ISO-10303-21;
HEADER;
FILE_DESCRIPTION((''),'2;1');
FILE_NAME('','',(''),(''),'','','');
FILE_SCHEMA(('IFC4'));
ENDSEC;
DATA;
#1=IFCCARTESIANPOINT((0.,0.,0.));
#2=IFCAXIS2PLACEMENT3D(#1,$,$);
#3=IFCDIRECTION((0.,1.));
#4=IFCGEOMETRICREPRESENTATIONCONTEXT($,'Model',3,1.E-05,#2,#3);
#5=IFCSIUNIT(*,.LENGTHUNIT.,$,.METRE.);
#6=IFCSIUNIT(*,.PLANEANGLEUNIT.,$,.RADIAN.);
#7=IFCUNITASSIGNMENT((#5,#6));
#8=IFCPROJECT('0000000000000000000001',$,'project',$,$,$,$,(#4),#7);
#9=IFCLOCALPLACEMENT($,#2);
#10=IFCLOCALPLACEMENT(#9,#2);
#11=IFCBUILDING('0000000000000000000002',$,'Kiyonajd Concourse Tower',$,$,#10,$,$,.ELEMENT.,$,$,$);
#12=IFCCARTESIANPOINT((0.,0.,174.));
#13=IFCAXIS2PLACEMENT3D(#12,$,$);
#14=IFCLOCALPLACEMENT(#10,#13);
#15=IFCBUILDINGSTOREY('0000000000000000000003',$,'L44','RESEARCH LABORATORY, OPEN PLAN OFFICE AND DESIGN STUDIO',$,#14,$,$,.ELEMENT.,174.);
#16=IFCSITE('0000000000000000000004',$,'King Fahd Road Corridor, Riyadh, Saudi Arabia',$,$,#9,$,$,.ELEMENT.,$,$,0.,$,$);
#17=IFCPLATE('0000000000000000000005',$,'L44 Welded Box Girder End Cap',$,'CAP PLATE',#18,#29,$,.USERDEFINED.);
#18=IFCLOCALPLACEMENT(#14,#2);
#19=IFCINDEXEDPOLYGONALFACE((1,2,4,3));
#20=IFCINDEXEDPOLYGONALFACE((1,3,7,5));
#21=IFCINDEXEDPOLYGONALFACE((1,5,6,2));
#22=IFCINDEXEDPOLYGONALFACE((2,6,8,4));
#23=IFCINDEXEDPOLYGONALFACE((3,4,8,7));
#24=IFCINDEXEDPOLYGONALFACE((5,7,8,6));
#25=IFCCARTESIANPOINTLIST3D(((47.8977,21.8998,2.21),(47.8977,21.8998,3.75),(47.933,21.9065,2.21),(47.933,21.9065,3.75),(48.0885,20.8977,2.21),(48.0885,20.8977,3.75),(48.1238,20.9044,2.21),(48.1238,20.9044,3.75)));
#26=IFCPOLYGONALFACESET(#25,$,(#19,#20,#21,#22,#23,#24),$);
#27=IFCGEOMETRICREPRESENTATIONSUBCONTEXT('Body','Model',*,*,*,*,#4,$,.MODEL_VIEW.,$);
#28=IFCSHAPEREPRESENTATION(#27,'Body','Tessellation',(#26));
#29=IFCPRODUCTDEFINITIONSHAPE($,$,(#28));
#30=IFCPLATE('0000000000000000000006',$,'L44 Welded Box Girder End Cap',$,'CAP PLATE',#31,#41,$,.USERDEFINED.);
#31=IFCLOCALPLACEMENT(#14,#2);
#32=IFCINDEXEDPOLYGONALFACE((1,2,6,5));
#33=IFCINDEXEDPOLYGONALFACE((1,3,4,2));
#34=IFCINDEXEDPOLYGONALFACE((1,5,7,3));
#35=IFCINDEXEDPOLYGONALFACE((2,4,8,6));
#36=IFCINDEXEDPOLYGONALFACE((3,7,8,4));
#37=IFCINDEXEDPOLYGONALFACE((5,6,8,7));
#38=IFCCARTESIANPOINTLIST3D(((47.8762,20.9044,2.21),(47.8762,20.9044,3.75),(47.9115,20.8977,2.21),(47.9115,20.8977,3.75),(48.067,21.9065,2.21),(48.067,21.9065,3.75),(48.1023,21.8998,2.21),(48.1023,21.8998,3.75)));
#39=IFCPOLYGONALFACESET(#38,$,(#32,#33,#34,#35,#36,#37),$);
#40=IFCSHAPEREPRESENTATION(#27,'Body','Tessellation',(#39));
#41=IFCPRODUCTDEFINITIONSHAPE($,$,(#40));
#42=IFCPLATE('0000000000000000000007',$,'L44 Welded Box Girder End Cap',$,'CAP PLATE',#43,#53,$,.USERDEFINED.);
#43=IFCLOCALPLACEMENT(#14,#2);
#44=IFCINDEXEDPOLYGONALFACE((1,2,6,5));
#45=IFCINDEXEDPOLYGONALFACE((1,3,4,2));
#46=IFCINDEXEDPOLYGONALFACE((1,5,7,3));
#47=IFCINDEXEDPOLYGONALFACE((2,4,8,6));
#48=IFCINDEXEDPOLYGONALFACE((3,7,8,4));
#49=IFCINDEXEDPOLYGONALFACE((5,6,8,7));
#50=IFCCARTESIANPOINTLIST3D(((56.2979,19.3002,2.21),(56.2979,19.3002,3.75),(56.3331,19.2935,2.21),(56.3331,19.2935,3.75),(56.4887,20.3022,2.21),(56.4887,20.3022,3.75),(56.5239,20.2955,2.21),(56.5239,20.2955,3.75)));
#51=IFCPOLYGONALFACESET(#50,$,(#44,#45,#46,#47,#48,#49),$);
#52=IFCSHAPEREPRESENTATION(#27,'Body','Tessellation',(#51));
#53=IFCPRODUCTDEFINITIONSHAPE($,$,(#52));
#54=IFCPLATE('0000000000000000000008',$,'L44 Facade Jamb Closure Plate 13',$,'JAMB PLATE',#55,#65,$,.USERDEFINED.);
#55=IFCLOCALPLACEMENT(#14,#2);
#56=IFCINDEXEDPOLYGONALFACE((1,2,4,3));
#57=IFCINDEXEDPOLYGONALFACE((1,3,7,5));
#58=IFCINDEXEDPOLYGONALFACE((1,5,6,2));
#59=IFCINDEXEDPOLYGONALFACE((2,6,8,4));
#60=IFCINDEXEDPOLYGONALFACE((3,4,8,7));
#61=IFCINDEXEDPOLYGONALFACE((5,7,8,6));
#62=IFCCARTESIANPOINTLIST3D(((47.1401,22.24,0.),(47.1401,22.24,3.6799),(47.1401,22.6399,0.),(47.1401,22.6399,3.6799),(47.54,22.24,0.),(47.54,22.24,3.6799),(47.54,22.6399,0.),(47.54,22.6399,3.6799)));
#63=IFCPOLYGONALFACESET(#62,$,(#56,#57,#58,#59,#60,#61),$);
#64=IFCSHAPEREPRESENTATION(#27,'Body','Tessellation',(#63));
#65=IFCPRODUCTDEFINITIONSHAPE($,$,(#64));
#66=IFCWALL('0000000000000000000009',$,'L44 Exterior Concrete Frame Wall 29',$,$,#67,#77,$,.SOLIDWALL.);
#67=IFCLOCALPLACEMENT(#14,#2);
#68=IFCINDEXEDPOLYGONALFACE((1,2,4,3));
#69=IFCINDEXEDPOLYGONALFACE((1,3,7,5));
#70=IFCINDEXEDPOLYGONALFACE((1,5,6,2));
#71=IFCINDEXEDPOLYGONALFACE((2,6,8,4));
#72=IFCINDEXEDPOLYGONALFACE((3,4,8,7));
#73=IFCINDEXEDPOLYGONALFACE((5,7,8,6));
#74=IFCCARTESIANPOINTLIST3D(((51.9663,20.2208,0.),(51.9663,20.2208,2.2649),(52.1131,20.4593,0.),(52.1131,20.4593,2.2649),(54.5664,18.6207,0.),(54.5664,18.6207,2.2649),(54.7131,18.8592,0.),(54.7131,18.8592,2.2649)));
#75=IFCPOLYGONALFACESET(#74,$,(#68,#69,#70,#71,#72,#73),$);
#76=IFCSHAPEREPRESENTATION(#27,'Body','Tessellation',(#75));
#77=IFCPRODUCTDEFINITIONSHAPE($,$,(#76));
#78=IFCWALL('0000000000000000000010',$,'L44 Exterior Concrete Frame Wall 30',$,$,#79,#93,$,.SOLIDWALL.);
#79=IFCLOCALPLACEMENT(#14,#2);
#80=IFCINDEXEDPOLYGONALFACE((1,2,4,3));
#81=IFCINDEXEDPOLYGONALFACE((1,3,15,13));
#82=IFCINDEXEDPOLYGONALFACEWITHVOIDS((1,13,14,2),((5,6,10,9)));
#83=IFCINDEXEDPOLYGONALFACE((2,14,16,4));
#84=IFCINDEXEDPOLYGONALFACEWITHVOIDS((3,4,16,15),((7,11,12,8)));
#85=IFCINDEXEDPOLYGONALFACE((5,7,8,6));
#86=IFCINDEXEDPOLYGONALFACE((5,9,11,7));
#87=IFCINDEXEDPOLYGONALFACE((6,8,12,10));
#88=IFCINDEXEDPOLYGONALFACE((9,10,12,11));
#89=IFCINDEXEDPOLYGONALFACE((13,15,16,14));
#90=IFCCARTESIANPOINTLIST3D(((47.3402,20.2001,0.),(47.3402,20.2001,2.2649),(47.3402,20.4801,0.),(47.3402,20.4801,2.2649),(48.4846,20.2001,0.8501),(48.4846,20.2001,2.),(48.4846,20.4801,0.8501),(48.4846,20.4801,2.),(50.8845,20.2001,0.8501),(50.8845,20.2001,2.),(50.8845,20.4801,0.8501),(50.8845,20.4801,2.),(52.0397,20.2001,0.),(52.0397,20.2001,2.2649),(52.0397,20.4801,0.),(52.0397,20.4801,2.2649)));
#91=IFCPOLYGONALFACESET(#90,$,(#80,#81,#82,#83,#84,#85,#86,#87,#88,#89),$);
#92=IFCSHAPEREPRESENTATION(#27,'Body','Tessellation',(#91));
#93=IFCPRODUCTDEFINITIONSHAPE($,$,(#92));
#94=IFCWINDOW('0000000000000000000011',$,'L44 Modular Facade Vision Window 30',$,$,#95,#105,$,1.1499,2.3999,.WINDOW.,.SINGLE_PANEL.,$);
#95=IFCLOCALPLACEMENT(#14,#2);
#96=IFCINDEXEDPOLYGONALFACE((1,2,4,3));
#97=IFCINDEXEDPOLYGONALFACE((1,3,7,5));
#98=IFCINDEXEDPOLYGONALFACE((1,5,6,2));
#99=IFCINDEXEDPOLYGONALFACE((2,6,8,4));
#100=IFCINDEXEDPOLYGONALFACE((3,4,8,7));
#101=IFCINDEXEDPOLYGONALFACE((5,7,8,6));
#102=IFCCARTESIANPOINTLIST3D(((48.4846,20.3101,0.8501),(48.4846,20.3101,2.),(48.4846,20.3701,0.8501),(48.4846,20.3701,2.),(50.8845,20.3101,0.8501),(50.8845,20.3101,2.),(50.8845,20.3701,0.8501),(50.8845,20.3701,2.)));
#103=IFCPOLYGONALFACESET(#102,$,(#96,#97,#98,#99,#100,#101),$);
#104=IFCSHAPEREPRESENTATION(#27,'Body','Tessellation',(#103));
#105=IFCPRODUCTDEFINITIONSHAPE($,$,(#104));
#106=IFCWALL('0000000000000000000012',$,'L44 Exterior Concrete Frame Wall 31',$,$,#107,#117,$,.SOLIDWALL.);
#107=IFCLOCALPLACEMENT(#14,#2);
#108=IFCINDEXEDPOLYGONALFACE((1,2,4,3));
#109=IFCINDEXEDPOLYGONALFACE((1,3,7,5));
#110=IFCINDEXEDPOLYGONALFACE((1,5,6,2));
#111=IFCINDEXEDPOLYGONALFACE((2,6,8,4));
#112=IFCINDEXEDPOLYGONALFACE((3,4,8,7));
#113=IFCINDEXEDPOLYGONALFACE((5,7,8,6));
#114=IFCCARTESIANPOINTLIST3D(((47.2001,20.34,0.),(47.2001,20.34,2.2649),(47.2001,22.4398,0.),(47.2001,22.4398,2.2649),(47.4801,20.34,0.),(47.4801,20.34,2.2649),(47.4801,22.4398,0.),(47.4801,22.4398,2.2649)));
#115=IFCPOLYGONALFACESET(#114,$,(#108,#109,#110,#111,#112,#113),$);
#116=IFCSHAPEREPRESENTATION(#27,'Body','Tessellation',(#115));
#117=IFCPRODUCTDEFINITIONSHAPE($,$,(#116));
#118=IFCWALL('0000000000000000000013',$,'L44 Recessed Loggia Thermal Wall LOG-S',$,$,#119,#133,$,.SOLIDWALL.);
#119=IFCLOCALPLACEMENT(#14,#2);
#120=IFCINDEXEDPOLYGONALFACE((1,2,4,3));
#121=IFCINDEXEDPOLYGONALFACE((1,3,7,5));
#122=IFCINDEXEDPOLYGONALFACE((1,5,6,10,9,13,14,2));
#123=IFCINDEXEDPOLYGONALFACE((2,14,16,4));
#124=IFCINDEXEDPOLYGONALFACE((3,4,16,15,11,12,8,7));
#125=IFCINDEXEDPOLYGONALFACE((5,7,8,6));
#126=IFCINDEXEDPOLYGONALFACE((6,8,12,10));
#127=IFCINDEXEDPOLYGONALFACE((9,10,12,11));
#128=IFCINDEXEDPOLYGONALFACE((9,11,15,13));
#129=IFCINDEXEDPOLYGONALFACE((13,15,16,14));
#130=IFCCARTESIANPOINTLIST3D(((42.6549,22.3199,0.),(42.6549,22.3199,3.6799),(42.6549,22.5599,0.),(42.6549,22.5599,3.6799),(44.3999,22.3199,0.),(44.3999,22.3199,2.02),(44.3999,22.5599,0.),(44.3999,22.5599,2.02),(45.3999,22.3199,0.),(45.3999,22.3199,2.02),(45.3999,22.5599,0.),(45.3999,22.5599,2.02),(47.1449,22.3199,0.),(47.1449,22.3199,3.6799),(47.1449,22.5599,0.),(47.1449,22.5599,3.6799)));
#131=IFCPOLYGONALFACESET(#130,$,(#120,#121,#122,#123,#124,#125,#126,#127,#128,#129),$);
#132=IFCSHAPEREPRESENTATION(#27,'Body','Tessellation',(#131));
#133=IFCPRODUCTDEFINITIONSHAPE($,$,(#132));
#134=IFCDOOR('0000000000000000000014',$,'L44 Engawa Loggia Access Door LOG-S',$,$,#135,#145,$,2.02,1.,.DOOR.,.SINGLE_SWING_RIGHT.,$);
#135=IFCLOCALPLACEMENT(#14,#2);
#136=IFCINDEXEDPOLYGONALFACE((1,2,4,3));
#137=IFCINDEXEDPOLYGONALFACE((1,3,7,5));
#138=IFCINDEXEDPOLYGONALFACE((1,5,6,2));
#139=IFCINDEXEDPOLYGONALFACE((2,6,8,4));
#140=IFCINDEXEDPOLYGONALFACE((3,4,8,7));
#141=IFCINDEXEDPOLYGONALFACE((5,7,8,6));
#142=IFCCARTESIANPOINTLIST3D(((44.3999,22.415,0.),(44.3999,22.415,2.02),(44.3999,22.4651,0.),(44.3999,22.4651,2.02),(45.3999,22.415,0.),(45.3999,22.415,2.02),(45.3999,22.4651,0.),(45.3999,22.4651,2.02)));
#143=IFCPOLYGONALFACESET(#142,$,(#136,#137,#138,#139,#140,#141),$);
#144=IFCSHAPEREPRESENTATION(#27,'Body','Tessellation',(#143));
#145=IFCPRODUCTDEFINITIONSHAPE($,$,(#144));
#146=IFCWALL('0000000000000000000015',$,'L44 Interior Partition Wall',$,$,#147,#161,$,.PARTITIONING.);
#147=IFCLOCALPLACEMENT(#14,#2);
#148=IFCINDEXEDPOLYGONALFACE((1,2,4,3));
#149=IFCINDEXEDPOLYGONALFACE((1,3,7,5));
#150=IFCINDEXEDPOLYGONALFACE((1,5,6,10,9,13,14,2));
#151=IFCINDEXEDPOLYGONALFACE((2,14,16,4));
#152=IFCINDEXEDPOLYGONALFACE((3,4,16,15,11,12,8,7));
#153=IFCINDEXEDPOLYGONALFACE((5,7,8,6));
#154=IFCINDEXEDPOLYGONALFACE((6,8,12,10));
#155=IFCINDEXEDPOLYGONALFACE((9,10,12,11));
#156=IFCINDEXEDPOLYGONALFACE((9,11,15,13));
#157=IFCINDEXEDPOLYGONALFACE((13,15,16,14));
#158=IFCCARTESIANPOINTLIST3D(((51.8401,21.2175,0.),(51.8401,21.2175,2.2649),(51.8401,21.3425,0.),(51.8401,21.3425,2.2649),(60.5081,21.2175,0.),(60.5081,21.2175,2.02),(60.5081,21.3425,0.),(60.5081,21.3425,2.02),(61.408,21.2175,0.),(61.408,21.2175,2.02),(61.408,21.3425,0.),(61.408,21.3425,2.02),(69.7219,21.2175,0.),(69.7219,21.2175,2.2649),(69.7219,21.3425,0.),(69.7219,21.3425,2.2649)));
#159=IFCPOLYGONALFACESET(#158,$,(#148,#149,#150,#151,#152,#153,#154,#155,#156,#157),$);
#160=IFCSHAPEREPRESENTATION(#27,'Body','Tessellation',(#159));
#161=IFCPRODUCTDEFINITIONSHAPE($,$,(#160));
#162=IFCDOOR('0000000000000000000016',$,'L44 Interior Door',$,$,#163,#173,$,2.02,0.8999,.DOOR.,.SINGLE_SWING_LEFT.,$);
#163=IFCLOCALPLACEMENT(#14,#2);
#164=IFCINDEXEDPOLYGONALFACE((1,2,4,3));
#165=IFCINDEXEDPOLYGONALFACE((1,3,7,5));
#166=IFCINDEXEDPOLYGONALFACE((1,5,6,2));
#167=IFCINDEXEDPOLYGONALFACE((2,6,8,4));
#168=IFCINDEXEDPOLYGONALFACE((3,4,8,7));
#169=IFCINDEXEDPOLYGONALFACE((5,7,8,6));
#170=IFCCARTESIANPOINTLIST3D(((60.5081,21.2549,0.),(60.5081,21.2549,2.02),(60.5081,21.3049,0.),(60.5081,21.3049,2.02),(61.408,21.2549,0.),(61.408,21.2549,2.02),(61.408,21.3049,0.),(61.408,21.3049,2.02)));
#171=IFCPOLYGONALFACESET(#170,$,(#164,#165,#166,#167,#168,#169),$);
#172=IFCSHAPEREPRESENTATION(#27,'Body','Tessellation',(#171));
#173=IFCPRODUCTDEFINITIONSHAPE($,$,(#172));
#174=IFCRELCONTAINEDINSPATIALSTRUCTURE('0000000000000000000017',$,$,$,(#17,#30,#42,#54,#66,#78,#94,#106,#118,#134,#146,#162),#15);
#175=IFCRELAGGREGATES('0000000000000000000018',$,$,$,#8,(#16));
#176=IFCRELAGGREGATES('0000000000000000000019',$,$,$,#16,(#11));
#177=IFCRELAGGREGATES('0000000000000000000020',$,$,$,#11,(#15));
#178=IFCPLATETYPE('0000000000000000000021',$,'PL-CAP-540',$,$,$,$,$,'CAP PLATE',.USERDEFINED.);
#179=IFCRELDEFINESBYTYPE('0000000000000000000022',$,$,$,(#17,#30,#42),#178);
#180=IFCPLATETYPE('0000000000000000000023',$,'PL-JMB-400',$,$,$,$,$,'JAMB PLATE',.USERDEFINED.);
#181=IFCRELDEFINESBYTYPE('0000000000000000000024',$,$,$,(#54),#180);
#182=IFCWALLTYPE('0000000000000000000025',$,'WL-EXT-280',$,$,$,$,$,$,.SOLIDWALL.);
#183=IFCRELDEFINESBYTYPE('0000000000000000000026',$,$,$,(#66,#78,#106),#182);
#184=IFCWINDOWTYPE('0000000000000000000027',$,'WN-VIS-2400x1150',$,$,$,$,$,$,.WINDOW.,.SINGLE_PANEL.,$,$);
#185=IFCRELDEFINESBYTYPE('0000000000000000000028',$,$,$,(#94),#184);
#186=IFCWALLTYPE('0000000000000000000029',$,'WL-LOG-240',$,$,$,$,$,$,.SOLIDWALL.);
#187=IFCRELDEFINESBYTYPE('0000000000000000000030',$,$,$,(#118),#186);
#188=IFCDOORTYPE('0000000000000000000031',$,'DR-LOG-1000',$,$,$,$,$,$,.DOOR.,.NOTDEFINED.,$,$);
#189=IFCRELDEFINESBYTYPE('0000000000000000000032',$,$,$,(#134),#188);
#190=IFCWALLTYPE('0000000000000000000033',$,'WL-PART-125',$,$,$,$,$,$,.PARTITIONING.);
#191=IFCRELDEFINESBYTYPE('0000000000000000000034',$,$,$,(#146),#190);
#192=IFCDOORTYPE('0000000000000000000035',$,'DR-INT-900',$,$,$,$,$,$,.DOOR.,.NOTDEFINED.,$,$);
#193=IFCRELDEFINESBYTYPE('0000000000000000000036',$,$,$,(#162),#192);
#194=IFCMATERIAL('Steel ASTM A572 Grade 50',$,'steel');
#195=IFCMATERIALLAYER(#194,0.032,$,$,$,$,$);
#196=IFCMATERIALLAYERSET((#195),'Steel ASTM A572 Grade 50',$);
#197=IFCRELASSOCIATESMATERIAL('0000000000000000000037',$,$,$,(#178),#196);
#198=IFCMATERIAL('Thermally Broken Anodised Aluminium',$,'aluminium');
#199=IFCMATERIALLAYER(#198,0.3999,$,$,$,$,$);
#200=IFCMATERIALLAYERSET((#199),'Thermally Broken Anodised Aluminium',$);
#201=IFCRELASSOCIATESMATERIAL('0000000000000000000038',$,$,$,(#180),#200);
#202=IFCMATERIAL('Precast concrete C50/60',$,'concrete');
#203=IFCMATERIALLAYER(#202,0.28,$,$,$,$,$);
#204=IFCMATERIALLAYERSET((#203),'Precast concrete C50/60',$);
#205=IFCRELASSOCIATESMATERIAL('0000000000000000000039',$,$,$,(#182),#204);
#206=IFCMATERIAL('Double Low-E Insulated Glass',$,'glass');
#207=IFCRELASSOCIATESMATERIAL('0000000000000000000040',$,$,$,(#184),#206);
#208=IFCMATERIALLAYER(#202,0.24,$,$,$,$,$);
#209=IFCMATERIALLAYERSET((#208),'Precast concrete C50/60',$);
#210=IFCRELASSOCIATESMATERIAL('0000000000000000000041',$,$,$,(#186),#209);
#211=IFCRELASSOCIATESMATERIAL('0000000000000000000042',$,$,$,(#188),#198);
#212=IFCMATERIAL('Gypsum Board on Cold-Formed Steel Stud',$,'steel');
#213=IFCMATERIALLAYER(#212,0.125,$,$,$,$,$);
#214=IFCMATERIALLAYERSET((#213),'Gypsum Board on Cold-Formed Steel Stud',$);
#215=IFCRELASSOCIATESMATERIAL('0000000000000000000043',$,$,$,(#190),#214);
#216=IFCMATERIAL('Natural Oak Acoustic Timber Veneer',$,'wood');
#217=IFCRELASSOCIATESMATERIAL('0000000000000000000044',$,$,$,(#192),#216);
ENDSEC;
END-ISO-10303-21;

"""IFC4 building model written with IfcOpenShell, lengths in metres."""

from ifc_helpers import new_model, si_unit, direction, frame, frame_2d, origin, origin_2d, place, context, subcontext, project, spatial, rectangle, extrude, material, layer, layer_set, type_object, element, fill, save


model = new_model("IFC4")

# Units and contexts
model_context = context("Model", 3, precision=1e-05, world=origin(), true_north=direction((0.0, 1.0)))
body_context = subcontext(model_context, "Body", "Model", "MODEL_VIEW")
ifc_project = project(units=[si_unit("LENGTHUNIT", "METRE"), si_unit("PLANEANGLEUNIT", "RADIAN")], contexts=[model_context])

# Site, building, storey
site_placement = place(None, origin())
site = spatial("IfcSite", under=ifc_project, at=site_placement, Name="King Fahd Road Corridor, Riyadh, Saudi Arabia", CompositionType="ELEMENT", RefElevation=0.0)
building_placement = place(site_placement, origin())
building = spatial("IfcBuilding", under=site, at=building_placement, Name="Kiyonajd Concourse Tower", CompositionType="ELEMENT")
storey_placement = place(building_placement, frame((0.0, 0.0, 174.0)))
storey = spatial("IfcBuildingStorey", under=building, at=storey_placement, Name="L44", Description="RESEARCH LABORATORY, OPEN PLAN OFFICE AND DESIGN STUDIO", CompositionType="ELEMENT", Elevation=174.0)

# Shared definitions
ifc_material_1 = material(Name="Steel ASTM A572 Grade 50", Category="steel")

# Plates
ifc_layer_1 = layer(ifc_material_1, 0.032)
ifc_layer_set_1 = layer_set([ifc_layer_1], Name="Steel ASTM A572 Grade 50")
plate_type_1 = type_object("IfcPlateType", Name="PL-CAP-540", ElementType="CAP PLATE", PredefinedType="USERDEFINED", material=ifc_layer_set_1)
for number, where, z_axis, x_axis, name in (
    (1, (48.0107, 21.4021, 2.21), (0.0, 0.0, 1.0), (0.982353, 0.187038, 0.0), "L44 Welded Box Girder End Cap"),
    (2, (47.9893, 21.4021, 2.21), (0.0, 0.0, 1.0), (-0.982353, 0.187038, 0.0), "L44 Welded Box Girder End Cap"),
    (3, (56.4109, 19.7979, 2.21), (0.0, 0.0, 1.0), (0.982353, -0.187038, 0.0), "L44 Welded Box Girder End Cap"),
):
    element("IfcPlate", number, at=place(storey_placement, frame(where, z_axis=z_axis, x_axis=x_axis)), inside=storey, type_object=plate_type_1, Name=name, ObjectType="CAP PLATE", PredefinedType="USERDEFINED", context=body_context, shape_type="SweptSolid", body=[
        extrude(rectangle(XDim=0.0359, YDim=1.02, at=origin_2d()), origin(), (0.0, 0.0, 1.0), 1.54),
    ])
ifc_material_2 = material(Name="Thermally Broken Anodised Aluminium", Category="aluminium")
ifc_layer_2 = layer(ifc_material_2, 0.3999)
ifc_layer_set_2 = layer_set([ifc_layer_2], Name="Thermally Broken Anodised Aluminium")
plate_type_2 = type_object("IfcPlateType", Name="PL-JMB-400", ElementType="JAMB PLATE", PredefinedType="USERDEFINED", material=ifc_layer_set_2)
plate_placement = place(storey_placement, frame((47.3401, 22.4399, 0.0), z_axis=(0.0, 0.0, 1.0), x_axis=(1.0, 0.0, 0.0)))
element("IfcPlate", 4, at=plate_placement, inside=storey, type_object=plate_type_2, Name="L44 Facade Jamb Closure Plate 13", ObjectType="JAMB PLATE", PredefinedType="USERDEFINED", context=body_context, shape_type="SweptSolid", body=[
    extrude(rectangle(XDim=0.3999, YDim=0.3999, at=origin_2d()), origin(), (0.0, 0.0, 1.0), 3.6799),
])

# Wall
ifc_material_3 = material(Name="Precast concrete C50/60", Category="concrete")
ifc_layer_3 = layer(ifc_material_3, 0.28)
ifc_layer_set_3 = layer_set([ifc_layer_3], Name="Precast concrete C50/60")
wall_type_1 = type_object("IfcWallType", Name="WL-EXT-280", PredefinedType="SOLIDWALL", material=ifc_layer_set_3)
wall_1_placement = place(storey_placement, frame((54.6396, 18.74, 0.0), z_axis=(0.0, 0.0, 1.0), x_axis=(-0.851653, 0.524106, 0.0)))
element("IfcWall", 5, at=wall_1_placement, inside=storey, type_object=wall_type_1, Name="L44 Exterior Concrete Frame Wall 29", PredefinedType="SOLIDWALL", context=body_context, shape_type="SweptSolid", body=[
    extrude(rectangle(XDim=3.053, YDim=0.28, at=frame_2d((1.5264, 0.0))), origin(), (0.0, 0.0, 1.0), 2.2649),
])

# Wall, opening, window
wall_2_placement = place(storey_placement, frame((52.0396, 20.3401, 0.0), z_axis=(0.0, 0.0, 1.0), x_axis=(-1.0, 0.0, 0.0)))
wall_2 = element("IfcWall", 6, at=wall_2_placement, inside=storey, type_object=wall_type_1, Name="L44 Exterior Concrete Frame Wall 30", PredefinedType="SOLIDWALL", context=body_context, shape_type="SweptSolid", body=[
    extrude(rectangle(XDim=4.6995, YDim=0.28, at=frame_2d((2.3496, 0.0))), origin(), (0.0, 0.0, 1.0), 2.2649),
])
opening_1_placement = place(wall_2_placement, frame((1.155, 0.0, 0.8501)))
opening_1 = element("IfcOpeningElement", 7, at=opening_1_placement, cuts=wall_2, PredefinedType="OPENING", context=body_context, shape_type="SweptSolid", body=[
    extrude(rectangle(XDim=2.3999, YDim=1.1499, at=frame_2d((1.2, 0.575))), frame((0.0, 0.1499, 0.0), z_axis=(0.0, -1.0, 0.0), x_axis=(1.0, 0.0, 0.0)), (0.0, 0.0, 1.0), 0.3),
])
ifc_material_4 = material(Name="Double Low-E Insulated Glass", Category="glass")
window_type = type_object("IfcWindowType", Name="WN-VIS-2400x1150", PartitioningType="SINGLE_PANEL", PredefinedType="WINDOW", material=ifc_material_4)
window_placement = place(opening_1_placement, origin())
window = element("IfcWindow", 8, at=window_placement, inside=storey, type_object=window_type, Name="L44 Modular Facade Vision Window 30", OverallHeight=1.1499, OverallWidth=2.3999, PartitioningType="SINGLE_PANEL", PredefinedType="WINDOW", context=body_context, shape_type="SweptSolid", body=[
    extrude(rectangle(XDim=2.3999, YDim=1.1499, at=frame_2d((1.2, 0.575))), frame((0.0, 0.03, 0.0), z_axis=(0.0, -1.0, 0.0), x_axis=(1.0, 0.0, 0.0)), (0.0, 0.0, 1.0), 0.0601),
])
fill(opening_1, window)

# Wall
wall_3_placement = place(storey_placement, frame((47.3401, 20.3401, 0.0), z_axis=(0.0, 0.0, 1.0), x_axis=(0.0, 1.0, 0.0)))
element("IfcWall", 9, at=wall_3_placement, inside=storey, type_object=wall_type_1, Name="L44 Exterior Concrete Frame Wall 31", PredefinedType="SOLIDWALL", context=body_context, shape_type="SweptSolid", body=[
    extrude(rectangle(XDim=2.0999, YDim=0.28, at=frame_2d((1.0498, 0.0))), origin(), (0.0, 0.0, 1.0), 2.2649),
])

# Walls, openings, doors
ifc_layer_4 = layer(ifc_material_3, 0.24)
ifc_layer_set_4 = layer_set([ifc_layer_4], Name="Precast concrete C50/60")
wall_type_2 = type_object("IfcWallType", Name="WL-LOG-240", PredefinedType="SOLIDWALL", material=ifc_layer_set_4)
wall_4_placement = place(storey_placement, frame((47.145, 22.4399, 0.0), z_axis=(0.0, 0.0, 1.0), x_axis=(-1.0, 0.0, 0.0)))
wall_4 = element("IfcWall", 10, at=wall_4_placement, inside=storey, type_object=wall_type_2, Name="L44 Recessed Loggia Thermal Wall LOG-S", PredefinedType="SOLIDWALL", context=body_context, shape_type="SweptSolid", body=[
    extrude(rectangle(XDim=4.49, YDim=0.24, at=frame_2d((2.2451, 0.0))), origin(), (0.0, 0.0, 1.0), 3.6799),
])
opening_2_placement = place(wall_4_placement, frame((1.7451, 0.0, 0.0)))
opening_2 = element("IfcOpeningElement", 11, at=opening_2_placement, cuts=wall_4, PredefinedType="OPENING", context=body_context, shape_type="SweptSolid", body=[
    extrude(rectangle(XDim=1.0, YDim=2.02, at=frame_2d((0.5, 1.01))), frame((0.0, 0.1299, 0.0), z_axis=(0.0, -1.0, 0.0), x_axis=(1.0, 0.0, 0.0)), (0.0, 0.0, 1.0), 0.26),
])
door_type_1 = type_object("IfcDoorType", Name="DR-LOG-1000", OperationType="NOTDEFINED", PredefinedType="DOOR", material=ifc_material_2)
door_1_placement = place(opening_2_placement, origin())
door_1 = element("IfcDoor", 12, at=door_1_placement, inside=storey, type_object=door_type_1, Name="L44 Engawa Loggia Access Door LOG-S", OperationType="SINGLE_SWING_RIGHT", OverallHeight=2.02, OverallWidth=1.0, PredefinedType="DOOR", context=body_context, shape_type="SweptSolid", body=[
    extrude(rectangle(XDim=1.0, YDim=2.02, at=frame_2d((0.5, 1.01))), frame((0.0, 0.0249, 0.0), z_axis=(0.0, -1.0, 0.0), x_axis=(1.0, 0.0, 0.0)), (0.0, 0.0, 1.0), 0.05),
])
fill(opening_2, door_1)
ifc_material_5 = material(Name="Gypsum Board on Cold-Formed Steel Stud", Category="steel")
ifc_layer_5 = layer(ifc_material_5, 0.125)
ifc_layer_set_5 = layer_set([ifc_layer_5], Name="Gypsum Board on Cold-Formed Steel Stud")
wall_type_3 = type_object("IfcWallType", Name="WL-PART-125", PredefinedType="PARTITIONING", material=ifc_layer_set_5)
wall_5_placement = place(storey_placement, frame((51.8401, 21.28, 0.0), z_axis=(0.0, 0.0, 1.0), x_axis=(1.0, 0.0, 0.0)))
wall_5 = element("IfcWall", 13, at=wall_5_placement, inside=storey, type_object=wall_type_3, Name="L44 Interior Partition Wall", PredefinedType="PARTITIONING", context=body_context, shape_type="SweptSolid", body=[
    extrude(rectangle(XDim=17.8818, YDim=0.125, at=frame_2d((8.9409, 0.0))), origin(), (0.0, 0.0, 1.0), 2.2649),
])
opening_3_placement = place(wall_5_placement, frame((8.668, 0.0, 0.0)))
opening_3 = element("IfcOpeningElement", 14, at=opening_3_placement, cuts=wall_5, PredefinedType="OPENING", context=body_context, shape_type="SweptSolid", body=[
    extrude(rectangle(XDim=0.8999, YDim=2.02, at=frame_2d((0.45, 1.01))), frame((0.0, 0.0725, 0.0), z_axis=(0.0, -1.0, 0.0), x_axis=(1.0, 0.0, 0.0)), (0.0, 0.0, 1.0), 0.145),
])
ifc_material_6 = material(Name="Natural Oak Acoustic Timber Veneer", Category="wood")
door_type_2 = type_object("IfcDoorType", Name="DR-INT-900", OperationType="NOTDEFINED", PredefinedType="DOOR", material=ifc_material_6)
door_2_placement = place(opening_3_placement, origin())
door_2 = element("IfcDoor", 15, at=door_2_placement, inside=storey, type_object=door_type_2, Name="L44 Interior Door", OperationType="SINGLE_SWING_LEFT", OverallHeight=2.02, OverallWidth=0.8999, PredefinedType="DOOR", context=body_context, shape_type="SweptSolid", body=[
    extrude(rectangle(XDim=0.8999, YDim=2.02, at=frame_2d((0.45, 1.01))), frame((0.0, 0.0249, 0.0), z_axis=(0.0, -1.0, 0.0), x_axis=(1.0, 0.0, 0.0)), (0.0, 0.0, 1.0), 0.05),
])
fill(opening_3, door_2)

save(model, "model.ifc")
